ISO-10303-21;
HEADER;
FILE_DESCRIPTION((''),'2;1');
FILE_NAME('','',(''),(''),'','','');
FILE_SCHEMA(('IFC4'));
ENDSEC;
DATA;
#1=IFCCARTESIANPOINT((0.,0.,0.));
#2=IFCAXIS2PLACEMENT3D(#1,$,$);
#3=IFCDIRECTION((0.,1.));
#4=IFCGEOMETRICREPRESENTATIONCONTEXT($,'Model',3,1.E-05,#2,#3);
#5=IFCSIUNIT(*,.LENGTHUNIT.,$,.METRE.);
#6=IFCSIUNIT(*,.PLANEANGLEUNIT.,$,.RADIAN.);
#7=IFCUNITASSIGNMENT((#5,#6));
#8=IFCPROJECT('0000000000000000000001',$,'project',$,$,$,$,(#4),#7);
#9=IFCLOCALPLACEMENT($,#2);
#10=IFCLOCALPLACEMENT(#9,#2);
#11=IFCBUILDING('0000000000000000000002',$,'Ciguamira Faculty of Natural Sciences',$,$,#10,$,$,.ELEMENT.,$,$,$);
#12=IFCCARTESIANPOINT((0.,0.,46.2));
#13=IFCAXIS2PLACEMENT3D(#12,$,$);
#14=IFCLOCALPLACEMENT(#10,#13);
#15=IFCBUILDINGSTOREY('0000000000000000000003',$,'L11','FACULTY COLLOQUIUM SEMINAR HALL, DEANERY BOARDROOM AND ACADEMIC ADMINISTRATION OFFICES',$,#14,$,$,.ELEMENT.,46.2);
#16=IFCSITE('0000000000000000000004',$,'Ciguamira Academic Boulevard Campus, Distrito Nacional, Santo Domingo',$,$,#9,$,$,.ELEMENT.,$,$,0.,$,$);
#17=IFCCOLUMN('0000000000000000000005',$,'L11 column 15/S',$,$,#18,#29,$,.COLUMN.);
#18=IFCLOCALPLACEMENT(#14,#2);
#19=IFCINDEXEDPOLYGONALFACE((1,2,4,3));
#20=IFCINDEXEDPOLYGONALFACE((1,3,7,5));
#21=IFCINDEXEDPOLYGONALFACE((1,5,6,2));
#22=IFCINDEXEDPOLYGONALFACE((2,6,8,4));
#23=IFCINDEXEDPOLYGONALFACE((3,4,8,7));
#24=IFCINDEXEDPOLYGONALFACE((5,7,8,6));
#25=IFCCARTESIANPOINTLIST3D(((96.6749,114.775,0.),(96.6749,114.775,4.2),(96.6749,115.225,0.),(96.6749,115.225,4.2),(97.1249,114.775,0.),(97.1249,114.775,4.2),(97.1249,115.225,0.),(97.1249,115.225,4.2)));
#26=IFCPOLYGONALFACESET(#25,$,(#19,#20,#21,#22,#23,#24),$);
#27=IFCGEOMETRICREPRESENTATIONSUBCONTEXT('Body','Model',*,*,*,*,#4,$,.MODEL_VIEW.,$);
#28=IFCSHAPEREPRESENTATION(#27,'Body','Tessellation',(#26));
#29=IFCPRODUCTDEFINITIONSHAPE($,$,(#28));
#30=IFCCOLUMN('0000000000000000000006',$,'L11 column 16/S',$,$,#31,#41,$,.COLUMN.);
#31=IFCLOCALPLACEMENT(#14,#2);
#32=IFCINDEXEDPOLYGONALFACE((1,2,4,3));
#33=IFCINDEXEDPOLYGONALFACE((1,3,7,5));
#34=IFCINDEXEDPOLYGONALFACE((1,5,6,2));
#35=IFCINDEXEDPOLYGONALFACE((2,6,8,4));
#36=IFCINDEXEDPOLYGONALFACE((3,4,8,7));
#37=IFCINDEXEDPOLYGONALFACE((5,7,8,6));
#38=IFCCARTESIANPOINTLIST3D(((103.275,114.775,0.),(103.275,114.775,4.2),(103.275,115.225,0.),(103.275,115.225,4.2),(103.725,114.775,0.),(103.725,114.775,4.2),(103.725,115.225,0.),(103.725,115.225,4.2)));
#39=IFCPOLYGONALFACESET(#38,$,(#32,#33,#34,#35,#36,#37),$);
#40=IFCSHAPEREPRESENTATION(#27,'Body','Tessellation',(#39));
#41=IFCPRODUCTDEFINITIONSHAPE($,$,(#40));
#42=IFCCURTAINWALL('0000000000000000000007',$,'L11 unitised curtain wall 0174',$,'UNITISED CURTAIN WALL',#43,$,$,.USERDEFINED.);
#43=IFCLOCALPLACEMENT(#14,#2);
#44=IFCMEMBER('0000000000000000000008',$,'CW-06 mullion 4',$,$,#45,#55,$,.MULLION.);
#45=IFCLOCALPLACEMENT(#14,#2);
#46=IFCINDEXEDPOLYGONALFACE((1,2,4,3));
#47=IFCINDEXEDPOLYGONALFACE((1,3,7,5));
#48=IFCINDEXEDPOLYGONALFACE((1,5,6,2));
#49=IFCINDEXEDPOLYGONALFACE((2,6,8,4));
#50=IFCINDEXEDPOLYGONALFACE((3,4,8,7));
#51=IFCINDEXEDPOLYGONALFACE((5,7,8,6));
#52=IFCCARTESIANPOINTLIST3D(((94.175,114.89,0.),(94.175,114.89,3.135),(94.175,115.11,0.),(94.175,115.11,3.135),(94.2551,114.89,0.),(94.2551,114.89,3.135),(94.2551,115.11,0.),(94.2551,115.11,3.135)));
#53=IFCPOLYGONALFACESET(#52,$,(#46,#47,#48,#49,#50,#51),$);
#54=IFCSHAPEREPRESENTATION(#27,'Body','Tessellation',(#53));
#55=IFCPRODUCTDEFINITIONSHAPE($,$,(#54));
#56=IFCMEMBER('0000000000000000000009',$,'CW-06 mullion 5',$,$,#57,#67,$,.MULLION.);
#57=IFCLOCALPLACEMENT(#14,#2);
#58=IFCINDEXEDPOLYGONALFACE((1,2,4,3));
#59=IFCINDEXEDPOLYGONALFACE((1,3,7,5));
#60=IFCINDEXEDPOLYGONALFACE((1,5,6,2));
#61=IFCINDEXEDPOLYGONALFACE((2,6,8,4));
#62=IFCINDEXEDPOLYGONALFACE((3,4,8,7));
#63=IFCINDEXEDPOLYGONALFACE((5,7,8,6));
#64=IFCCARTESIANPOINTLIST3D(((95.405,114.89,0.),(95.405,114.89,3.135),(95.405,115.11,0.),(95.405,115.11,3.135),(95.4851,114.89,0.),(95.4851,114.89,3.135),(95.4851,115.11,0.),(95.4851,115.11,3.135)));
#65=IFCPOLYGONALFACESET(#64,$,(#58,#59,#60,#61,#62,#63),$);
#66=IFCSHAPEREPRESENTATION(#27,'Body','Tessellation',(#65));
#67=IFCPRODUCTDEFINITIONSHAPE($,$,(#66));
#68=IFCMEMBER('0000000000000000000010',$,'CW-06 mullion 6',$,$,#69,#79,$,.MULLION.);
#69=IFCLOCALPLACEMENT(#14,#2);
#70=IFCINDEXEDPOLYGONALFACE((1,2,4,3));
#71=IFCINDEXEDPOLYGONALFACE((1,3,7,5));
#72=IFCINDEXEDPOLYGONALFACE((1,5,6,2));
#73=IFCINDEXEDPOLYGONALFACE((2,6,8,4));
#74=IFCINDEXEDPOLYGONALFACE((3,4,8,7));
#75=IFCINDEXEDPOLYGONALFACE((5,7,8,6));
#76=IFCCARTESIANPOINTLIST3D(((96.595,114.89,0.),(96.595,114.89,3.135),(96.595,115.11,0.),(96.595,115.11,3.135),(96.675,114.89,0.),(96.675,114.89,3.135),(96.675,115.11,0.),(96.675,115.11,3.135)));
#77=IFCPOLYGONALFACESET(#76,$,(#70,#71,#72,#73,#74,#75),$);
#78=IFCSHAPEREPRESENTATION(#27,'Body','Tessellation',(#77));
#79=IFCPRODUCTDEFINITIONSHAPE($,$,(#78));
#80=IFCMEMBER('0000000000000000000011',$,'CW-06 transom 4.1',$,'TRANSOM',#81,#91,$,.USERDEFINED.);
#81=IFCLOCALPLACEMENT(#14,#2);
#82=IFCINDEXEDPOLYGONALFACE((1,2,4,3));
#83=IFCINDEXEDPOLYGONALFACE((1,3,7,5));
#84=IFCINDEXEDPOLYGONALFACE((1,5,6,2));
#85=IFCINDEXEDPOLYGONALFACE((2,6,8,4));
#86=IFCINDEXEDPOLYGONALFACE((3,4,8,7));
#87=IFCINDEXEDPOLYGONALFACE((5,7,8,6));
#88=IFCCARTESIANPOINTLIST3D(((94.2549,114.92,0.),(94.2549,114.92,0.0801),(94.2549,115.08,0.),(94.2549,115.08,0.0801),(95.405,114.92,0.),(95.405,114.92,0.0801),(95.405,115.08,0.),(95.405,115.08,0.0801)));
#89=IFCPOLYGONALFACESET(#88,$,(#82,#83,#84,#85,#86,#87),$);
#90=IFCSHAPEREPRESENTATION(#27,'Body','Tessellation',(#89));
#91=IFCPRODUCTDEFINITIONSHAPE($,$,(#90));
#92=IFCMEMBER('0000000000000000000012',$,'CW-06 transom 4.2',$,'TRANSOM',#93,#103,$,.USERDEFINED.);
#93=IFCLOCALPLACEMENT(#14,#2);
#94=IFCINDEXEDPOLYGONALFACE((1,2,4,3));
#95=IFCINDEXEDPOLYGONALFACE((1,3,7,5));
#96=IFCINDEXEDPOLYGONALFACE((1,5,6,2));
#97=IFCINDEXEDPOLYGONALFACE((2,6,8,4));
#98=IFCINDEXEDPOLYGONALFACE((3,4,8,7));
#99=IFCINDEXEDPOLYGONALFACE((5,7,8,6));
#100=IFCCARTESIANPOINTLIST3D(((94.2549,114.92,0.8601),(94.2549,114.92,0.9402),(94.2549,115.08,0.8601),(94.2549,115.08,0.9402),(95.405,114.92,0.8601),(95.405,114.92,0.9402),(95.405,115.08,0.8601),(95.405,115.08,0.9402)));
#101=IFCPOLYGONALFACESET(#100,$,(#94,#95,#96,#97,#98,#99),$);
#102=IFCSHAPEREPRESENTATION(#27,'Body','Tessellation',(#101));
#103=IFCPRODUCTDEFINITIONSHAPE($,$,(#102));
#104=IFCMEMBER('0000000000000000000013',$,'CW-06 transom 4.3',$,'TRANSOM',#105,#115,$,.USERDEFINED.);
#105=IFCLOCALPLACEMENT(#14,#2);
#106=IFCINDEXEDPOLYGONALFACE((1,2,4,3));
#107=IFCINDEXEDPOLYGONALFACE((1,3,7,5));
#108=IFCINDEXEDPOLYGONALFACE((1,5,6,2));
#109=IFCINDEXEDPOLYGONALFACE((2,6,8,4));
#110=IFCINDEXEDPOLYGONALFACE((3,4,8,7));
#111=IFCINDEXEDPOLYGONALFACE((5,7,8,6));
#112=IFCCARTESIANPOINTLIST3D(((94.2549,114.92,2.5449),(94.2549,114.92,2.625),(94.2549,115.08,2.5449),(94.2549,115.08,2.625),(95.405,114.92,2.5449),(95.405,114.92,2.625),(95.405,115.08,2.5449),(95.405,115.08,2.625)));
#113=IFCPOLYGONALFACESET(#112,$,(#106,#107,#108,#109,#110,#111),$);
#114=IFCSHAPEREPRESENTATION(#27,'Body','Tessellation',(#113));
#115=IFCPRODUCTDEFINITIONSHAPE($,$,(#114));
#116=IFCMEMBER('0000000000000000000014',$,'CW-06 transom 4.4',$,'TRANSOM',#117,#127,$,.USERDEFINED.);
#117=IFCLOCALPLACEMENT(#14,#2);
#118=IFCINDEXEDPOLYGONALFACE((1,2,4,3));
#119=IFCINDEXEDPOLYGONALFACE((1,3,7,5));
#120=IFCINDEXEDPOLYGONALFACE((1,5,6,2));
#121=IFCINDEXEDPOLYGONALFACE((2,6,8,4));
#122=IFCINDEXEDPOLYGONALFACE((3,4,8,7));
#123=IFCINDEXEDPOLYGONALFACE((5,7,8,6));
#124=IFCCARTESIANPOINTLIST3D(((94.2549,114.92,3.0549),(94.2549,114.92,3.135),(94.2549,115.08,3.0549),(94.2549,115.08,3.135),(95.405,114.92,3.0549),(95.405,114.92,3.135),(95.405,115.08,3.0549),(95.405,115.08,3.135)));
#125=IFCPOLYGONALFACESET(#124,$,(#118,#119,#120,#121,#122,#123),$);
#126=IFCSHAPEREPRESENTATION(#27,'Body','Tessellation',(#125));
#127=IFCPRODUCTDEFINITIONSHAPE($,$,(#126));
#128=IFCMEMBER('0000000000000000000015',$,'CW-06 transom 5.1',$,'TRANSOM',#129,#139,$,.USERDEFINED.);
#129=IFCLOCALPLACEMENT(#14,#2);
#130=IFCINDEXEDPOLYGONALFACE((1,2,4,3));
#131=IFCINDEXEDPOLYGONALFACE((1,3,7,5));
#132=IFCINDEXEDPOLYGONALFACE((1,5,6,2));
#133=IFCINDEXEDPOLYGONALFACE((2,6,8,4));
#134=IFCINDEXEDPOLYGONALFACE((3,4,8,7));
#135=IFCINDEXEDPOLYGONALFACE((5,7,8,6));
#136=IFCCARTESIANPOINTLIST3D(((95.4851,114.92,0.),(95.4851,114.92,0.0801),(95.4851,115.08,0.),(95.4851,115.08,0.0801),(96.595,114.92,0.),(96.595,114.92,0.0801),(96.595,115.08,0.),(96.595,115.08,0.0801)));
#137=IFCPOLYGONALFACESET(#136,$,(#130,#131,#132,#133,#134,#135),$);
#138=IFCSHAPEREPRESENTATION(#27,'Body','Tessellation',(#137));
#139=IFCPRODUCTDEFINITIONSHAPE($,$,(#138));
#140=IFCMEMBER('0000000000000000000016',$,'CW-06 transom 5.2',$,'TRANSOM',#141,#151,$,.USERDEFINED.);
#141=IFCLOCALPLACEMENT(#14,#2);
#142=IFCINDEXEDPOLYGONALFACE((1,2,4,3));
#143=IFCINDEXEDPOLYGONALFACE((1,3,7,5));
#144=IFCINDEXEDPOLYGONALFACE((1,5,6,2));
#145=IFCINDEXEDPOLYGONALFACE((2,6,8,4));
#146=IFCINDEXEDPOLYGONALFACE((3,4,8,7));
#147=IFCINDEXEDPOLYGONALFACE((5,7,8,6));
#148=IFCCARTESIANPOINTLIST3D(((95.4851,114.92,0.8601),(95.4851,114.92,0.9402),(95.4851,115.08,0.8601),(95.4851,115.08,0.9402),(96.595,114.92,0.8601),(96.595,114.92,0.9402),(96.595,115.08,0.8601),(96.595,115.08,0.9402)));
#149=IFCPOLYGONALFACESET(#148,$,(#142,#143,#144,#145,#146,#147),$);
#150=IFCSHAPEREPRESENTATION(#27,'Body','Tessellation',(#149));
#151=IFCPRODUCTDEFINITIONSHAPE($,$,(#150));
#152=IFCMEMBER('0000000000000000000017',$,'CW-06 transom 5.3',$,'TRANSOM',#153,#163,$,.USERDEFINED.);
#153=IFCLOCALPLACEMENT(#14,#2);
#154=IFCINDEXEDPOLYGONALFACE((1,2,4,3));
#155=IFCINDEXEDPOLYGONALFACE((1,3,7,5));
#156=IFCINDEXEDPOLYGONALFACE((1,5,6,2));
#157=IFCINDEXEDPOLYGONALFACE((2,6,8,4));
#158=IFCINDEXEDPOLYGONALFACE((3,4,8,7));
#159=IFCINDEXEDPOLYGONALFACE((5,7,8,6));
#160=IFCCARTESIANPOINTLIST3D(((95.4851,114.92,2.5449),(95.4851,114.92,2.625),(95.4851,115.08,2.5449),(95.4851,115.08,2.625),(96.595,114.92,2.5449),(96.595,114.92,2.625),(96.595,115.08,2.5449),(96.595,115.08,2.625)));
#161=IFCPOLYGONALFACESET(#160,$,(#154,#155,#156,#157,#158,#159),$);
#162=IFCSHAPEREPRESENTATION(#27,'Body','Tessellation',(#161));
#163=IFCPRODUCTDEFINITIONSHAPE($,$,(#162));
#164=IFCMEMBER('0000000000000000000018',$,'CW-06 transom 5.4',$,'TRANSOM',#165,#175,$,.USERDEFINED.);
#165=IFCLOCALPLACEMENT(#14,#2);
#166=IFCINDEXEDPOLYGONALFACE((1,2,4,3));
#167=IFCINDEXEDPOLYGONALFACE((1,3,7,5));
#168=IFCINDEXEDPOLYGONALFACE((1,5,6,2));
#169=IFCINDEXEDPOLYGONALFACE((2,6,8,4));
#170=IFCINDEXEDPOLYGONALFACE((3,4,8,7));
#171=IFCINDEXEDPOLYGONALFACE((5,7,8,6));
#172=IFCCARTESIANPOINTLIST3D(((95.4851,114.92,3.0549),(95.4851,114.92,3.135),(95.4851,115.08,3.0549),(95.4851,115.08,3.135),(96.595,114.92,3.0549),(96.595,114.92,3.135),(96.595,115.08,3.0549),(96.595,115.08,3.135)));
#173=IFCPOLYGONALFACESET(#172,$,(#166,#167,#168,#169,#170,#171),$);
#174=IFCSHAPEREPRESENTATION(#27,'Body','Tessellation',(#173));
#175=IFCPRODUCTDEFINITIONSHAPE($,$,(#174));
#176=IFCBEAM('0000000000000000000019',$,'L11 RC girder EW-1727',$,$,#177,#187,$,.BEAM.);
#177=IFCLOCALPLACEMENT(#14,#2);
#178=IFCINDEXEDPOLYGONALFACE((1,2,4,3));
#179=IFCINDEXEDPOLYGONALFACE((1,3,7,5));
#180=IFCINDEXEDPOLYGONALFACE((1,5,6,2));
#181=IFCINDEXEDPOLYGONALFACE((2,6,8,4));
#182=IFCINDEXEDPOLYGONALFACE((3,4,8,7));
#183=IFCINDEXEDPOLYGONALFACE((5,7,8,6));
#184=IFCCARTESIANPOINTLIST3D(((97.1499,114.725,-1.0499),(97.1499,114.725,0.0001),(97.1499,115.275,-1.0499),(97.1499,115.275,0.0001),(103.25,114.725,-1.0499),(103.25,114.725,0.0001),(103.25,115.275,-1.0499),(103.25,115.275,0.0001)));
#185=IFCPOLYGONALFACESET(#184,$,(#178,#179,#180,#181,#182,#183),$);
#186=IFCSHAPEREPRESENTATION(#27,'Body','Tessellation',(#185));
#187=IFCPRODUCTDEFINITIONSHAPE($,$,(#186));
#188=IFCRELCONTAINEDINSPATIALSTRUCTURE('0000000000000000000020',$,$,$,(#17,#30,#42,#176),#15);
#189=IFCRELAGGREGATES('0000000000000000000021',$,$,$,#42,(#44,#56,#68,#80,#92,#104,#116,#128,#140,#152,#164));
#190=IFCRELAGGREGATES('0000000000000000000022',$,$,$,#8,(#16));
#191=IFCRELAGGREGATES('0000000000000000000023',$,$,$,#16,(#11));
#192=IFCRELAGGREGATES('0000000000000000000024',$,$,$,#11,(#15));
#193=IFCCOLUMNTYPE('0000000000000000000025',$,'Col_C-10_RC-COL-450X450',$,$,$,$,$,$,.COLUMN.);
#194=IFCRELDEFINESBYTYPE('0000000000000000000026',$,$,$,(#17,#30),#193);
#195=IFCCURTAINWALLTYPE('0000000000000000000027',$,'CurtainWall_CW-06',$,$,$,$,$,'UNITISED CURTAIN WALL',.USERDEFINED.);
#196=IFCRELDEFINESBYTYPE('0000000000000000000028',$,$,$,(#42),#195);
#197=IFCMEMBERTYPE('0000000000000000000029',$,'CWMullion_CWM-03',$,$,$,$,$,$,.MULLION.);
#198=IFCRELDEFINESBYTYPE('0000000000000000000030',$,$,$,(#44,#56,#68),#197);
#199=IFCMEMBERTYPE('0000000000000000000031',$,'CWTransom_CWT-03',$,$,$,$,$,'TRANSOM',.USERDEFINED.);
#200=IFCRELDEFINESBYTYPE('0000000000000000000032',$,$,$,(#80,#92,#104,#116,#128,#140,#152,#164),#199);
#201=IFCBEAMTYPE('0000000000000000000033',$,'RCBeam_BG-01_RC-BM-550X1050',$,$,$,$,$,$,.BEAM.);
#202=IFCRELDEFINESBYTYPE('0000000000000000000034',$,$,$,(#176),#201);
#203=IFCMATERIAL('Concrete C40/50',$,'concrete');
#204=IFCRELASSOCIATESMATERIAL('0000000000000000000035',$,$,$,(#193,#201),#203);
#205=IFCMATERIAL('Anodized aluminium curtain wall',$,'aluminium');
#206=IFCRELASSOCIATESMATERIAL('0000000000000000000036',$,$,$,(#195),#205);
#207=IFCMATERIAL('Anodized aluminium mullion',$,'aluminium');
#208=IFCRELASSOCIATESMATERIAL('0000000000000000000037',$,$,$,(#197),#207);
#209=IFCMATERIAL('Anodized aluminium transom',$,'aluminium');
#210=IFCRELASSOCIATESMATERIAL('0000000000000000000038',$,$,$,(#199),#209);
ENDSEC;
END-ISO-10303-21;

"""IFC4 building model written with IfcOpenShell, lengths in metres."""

from ifc_helpers import new_model, si_unit, direction, frame, origin, origin_2d, place, context, subcontext, project, spatial, rectangle, extrude, material, material_profile, profile_set, type_object, element, aggregate, save


model = new_model("IFC4")

# Units and contexts
model_context = context("Model", 3, precision=1e-05, world=origin(), true_north=direction((0.0, 1.0)))
body_context = subcontext(model_context, "Body", "Model", "MODEL_VIEW")
ifc_project = project(units=[si_unit("LENGTHUNIT", "METRE"), si_unit("PLANEANGLEUNIT", "RADIAN")], contexts=[model_context])

# Site, building, storey
site_placement = place(None, origin())
site = spatial("IfcSite", under=ifc_project, at=site_placement, Name="Ciguamira Academic Boulevard Campus, Distrito Nacional, Santo Domingo", CompositionType="ELEMENT", RefElevation=0.0)
building_placement = place(site_placement, origin())
building = spatial("IfcBuilding", under=site, at=building_placement, Name="Ciguamira Faculty of Natural Sciences", CompositionType="ELEMENT")
storey_placement = place(building_placement, frame((0.0, 0.0, 46.2)))
storey = spatial("IfcBuildingStorey", under=building, at=storey_placement, Name="L11", Description="FACULTY COLLOQUIUM SEMINAR HALL, DEANERY BOARDROOM AND ACADEMIC ADMINISTRATION OFFICES", CompositionType="ELEMENT", Elevation=46.2)

# Columns
ifc_material_1 = material(Name="Concrete C40/50", Category="concrete")
ifc_material_profile_1 = material_profile(ifc_material_1, rectangle(XDim=0.45, YDim=0.45, at=origin_2d()), Name="RC-COL-450X450")
ifc_profile_set_1 = profile_set([ifc_material_profile_1], Name="Concrete C40/50")
column_type = type_object("IfcColumnType", Name="Col_C-10_RC-COL-450X450", PredefinedType="COLUMN", material=ifc_profile_set_1)
for number, where, z_axis, x_axis, name in (
    (1, (96.8999, 115.0, 0.0), (0.0, 0.0, 1.0), (1.0, 0.0, 0.0), "L11 column 15/S"),
    (2, (103.5, 115.0, 0.0), (0.0, 0.0, 1.0), (1.0, 0.0, 0.0), "L11 column 16/S"),
):
    element("IfcColumn", number, at=place(storey_placement, frame(where, z_axis=z_axis, x_axis=x_axis)), inside=storey, type_object=column_type, Name=name, PredefinedType="COLUMN", context=body_context, shape_type="SweptSolid", body=[
        extrude(rectangle(XDim=0.45, YDim=0.45, at=origin_2d()), origin(), (0.0, 0.0, 1.0), 4.2),
    ])

# Curtain wall, members
ifc_material_2 = material(Name="Anodized aluminium curtain wall", Category="aluminium")
curtain_wall_type = type_object("IfcCurtainWallType", Name="CurtainWall_CW-06", ElementType="UNITISED CURTAIN WALL", PredefinedType="USERDEFINED", material=ifc_material_2)
curtain_wall_placement = place(storey_placement, origin())
curtain_wall = element("IfcCurtainWall", 3, at=curtain_wall_placement, inside=storey, type_object=curtain_wall_type, Name="L11 unitised curtain wall 0174", ObjectType="UNITISED CURTAIN WALL", PredefinedType="USERDEFINED")
ifc_material_3 = material(Name="Anodized aluminium mullion", Category="aluminium")
ifc_material_profile_2 = material_profile(ifc_material_3, rectangle(XDim=0.0801, YDim=0.22, at=origin_2d()), Name="ALU-MUL-80X220")
ifc_profile_set_2 = profile_set([ifc_material_profile_2], Name="Anodized aluminium mullion")
member_type_1 = type_object("IfcMemberType", Name="CWMullion_CWM-03", PredefinedType="MULLION", material=ifc_profile_set_2)
member_1_placement = place(storey_placement, frame((94.2151, 115.0, 0.0), z_axis=(0.0, 0.0, 1.0), x_axis=(1.0, 0.0, 0.0)))
member_1 = element("IfcMember", 4, at=member_1_placement, type_object=member_type_1, Name="CW-06 mullion 4", PredefinedType="MULLION", context=body_context, shape_type="SweptSolid", body=[
    extrude(rectangle(XDim=0.0801, YDim=0.22, at=origin_2d()), origin(), (0.0, 0.0, 1.0), 3.135),
])
member_2_placement = place(storey_placement, frame((95.4451, 115.0, 0.0), z_axis=(0.0, 0.0, 1.0), x_axis=(1.0, 0.0, 0.0)))
member_2 = element("IfcMember", 5, at=member_2_placement, type_object=member_type_1, Name="CW-06 mullion 5", PredefinedType="MULLION", context=body_context, shape_type="SweptSolid", body=[
    extrude(rectangle(XDim=0.0801, YDim=0.22, at=origin_2d()), origin(), (0.0, 0.0, 1.0), 3.135),
])
member_3_placement = place(storey_placement, frame((96.635, 115.0, 0.0), z_axis=(0.0, 0.0, 1.0), x_axis=(1.0, 0.0, 0.0)))
member_3 = element("IfcMember", 6, at=member_3_placement, type_object=member_type_1, Name="CW-06 mullion 6", PredefinedType="MULLION", context=body_context, shape_type="SweptSolid", body=[
    extrude(rectangle(XDim=0.0801, YDim=0.22, at=origin_2d()), origin(), (0.0, 0.0, 1.0), 3.135),
])
ifc_material_4 = material(Name="Anodized aluminium transom", Category="aluminium")
ifc_material_profile_3 = material_profile(ifc_material_4, rectangle(XDim=0.0801, YDim=0.1599, at=origin_2d()), Name="ALU-TRN-80X160")
ifc_profile_set_3 = profile_set([ifc_material_profile_3], Name="Anodized aluminium transom")
member_type_2 = type_object("IfcMemberType", Name="CWTransom_CWT-03", ElementType="TRANSOM", PredefinedType="USERDEFINED", material=ifc_profile_set_3)
member_4_placement = place(storey_placement, frame((94.2549, 115.0, 0.04), z_axis=(1.0, 0.0, 0.0), x_axis=(0.0, 0.0, 1.0)))
member_4 = element("IfcMember", 7, at=member_4_placement, type_object=member_type_2, Name="CW-06 transom 4.1", ObjectType="TRANSOM", PredefinedType="USERDEFINED", context=body_context, shape_type="SweptSolid", body=[
    extrude(rectangle(XDim=0.0801, YDim=0.1599, at=origin_2d()), origin(), (0.0, 0.0, 1.0), 1.1501),
])
member_5_placement = place(storey_placement, frame((94.2549, 115.0, 0.9001), z_axis=(1.0, 0.0, 0.0), x_axis=(0.0, 0.0, 1.0)))
member_5 = element("IfcMember", 8, at=member_5_placement, type_object=member_type_2, Name="CW-06 transom 4.2", ObjectType="TRANSOM", PredefinedType="USERDEFINED", context=body_context, shape_type="SweptSolid", body=[
    extrude(rectangle(XDim=0.0801, YDim=0.1599, at=origin_2d()), origin(), (0.0, 0.0, 1.0), 1.1501),
])
member_6_placement = place(storey_placement, frame((94.2549, 115.0, 2.585), z_axis=(1.0, 0.0, 0.0), x_axis=(0.0, 0.0, 1.0)))
member_6 = element("IfcMember", 9, at=member_6_placement, type_object=member_type_2, Name="CW-06 transom 4.3", ObjectType="TRANSOM", PredefinedType="USERDEFINED", context=body_context, shape_type="SweptSolid", body=[
    extrude(rectangle(XDim=0.0801, YDim=0.1599, at=origin_2d()), origin(), (0.0, 0.0, 1.0), 1.1501),
])
member_7_placement = place(storey_placement, frame((94.2549, 115.0, 3.095), z_axis=(1.0, 0.0, 0.0), x_axis=(0.0, 0.0, 1.0)))
member_7 = element("IfcMember", 10, at=member_7_placement, type_object=member_type_2, Name="CW-06 transom 4.4", ObjectType="TRANSOM", PredefinedType="USERDEFINED", context=body_context, shape_type="SweptSolid", body=[
    extrude(rectangle(XDim=0.0801, YDim=0.1599, at=origin_2d()), origin(), (0.0, 0.0, 1.0), 1.1501),
])
member_8_placement = place(storey_placement, frame((95.4851, 115.0, 0.04), z_axis=(1.0, 0.0, 0.0), x_axis=(0.0, 0.0, 1.0)))
member_8 = element("IfcMember", 11, at=member_8_placement, type_object=member_type_2, Name="CW-06 transom 5.1", ObjectType="TRANSOM", PredefinedType="USERDEFINED", context=body_context, shape_type="SweptSolid", body=[
    extrude(rectangle(XDim=0.0801, YDim=0.1599, at=origin_2d()), origin(), (0.0, 0.0, 1.0), 1.1099),
])
member_9_placement = place(storey_placement, frame((95.4851, 115.0, 0.9001), z_axis=(1.0, 0.0, 0.0), x_axis=(0.0, 0.0, 1.0)))
member_9 = element("IfcMember", 12, at=member_9_placement, type_object=member_type_2, Name="CW-06 transom 5.2", ObjectType="TRANSOM", PredefinedType="USERDEFINED", context=body_context, shape_type="SweptSolid", body=[
    extrude(rectangle(XDim=0.0801, YDim=0.1599, at=origin_2d()), origin(), (0.0, 0.0, 1.0), 1.1099),
])
member_10_placement = place(storey_placement, frame((95.4851, 115.0, 2.585), z_axis=(1.0, 0.0, 0.0), x_axis=(0.0, 0.0, 1.0)))
member_10 = element("IfcMember", 13, at=member_10_placement, type_object=member_type_2, Name="CW-06 transom 5.3", ObjectType="TRANSOM", PredefinedType="USERDEFINED", context=body_context, shape_type="SweptSolid", body=[
    extrude(rectangle(XDim=0.0801, YDim=0.1599, at=origin_2d()), origin(), (0.0, 0.0, 1.0), 1.1099),
])
member_11_placement = place(storey_placement, frame((95.4851, 115.0, 3.095), z_axis=(1.0, 0.0, 0.0), x_axis=(0.0, 0.0, 1.0)))
member_11 = element("IfcMember", 14, at=member_11_placement, type_object=member_type_2, Name="CW-06 transom 5.4", ObjectType="TRANSOM", PredefinedType="USERDEFINED", context=body_context, shape_type="SweptSolid", body=[
    extrude(rectangle(XDim=0.0801, YDim=0.1599, at=origin_2d()), origin(), (0.0, 0.0, 1.0), 1.1099),
])

# Beam
ifc_material_profile_4 = material_profile(ifc_material_1, rectangle(XDim=0.55, YDim=1.05, at=origin_2d()), Name="RC-BM-550X1050")
ifc_profile_set_4 = profile_set([ifc_material_profile_4], Name="Concrete C40/50")
beam_type = type_object("IfcBeamType", Name="RCBeam_BG-01_RC-BM-550X1050", PredefinedType="BEAM", material=ifc_profile_set_4)
beam_placement = place(storey_placement, frame((97.1499, 115.0, -0.5249), z_axis=(1.0, 0.0, 0.0), x_axis=(0.0, 1.0, 0.0)))
element("IfcBeam", 15, at=beam_placement, inside=storey, type_object=beam_type, Name="L11 RC girder EW-1727", PredefinedType="BEAM", context=body_context, shape_type="SweptSolid", body=[
    extrude(rectangle(XDim=0.55, YDim=1.05, at=origin_2d()), origin(), (0.0, 0.0, 1.0), 6.1001),
])

aggregate(curtain_wall, [member_1, member_2, member_3, member_4, member_5, member_6, member_7, member_8, member_9, member_10, member_11])

save(model, "model.ifc")
